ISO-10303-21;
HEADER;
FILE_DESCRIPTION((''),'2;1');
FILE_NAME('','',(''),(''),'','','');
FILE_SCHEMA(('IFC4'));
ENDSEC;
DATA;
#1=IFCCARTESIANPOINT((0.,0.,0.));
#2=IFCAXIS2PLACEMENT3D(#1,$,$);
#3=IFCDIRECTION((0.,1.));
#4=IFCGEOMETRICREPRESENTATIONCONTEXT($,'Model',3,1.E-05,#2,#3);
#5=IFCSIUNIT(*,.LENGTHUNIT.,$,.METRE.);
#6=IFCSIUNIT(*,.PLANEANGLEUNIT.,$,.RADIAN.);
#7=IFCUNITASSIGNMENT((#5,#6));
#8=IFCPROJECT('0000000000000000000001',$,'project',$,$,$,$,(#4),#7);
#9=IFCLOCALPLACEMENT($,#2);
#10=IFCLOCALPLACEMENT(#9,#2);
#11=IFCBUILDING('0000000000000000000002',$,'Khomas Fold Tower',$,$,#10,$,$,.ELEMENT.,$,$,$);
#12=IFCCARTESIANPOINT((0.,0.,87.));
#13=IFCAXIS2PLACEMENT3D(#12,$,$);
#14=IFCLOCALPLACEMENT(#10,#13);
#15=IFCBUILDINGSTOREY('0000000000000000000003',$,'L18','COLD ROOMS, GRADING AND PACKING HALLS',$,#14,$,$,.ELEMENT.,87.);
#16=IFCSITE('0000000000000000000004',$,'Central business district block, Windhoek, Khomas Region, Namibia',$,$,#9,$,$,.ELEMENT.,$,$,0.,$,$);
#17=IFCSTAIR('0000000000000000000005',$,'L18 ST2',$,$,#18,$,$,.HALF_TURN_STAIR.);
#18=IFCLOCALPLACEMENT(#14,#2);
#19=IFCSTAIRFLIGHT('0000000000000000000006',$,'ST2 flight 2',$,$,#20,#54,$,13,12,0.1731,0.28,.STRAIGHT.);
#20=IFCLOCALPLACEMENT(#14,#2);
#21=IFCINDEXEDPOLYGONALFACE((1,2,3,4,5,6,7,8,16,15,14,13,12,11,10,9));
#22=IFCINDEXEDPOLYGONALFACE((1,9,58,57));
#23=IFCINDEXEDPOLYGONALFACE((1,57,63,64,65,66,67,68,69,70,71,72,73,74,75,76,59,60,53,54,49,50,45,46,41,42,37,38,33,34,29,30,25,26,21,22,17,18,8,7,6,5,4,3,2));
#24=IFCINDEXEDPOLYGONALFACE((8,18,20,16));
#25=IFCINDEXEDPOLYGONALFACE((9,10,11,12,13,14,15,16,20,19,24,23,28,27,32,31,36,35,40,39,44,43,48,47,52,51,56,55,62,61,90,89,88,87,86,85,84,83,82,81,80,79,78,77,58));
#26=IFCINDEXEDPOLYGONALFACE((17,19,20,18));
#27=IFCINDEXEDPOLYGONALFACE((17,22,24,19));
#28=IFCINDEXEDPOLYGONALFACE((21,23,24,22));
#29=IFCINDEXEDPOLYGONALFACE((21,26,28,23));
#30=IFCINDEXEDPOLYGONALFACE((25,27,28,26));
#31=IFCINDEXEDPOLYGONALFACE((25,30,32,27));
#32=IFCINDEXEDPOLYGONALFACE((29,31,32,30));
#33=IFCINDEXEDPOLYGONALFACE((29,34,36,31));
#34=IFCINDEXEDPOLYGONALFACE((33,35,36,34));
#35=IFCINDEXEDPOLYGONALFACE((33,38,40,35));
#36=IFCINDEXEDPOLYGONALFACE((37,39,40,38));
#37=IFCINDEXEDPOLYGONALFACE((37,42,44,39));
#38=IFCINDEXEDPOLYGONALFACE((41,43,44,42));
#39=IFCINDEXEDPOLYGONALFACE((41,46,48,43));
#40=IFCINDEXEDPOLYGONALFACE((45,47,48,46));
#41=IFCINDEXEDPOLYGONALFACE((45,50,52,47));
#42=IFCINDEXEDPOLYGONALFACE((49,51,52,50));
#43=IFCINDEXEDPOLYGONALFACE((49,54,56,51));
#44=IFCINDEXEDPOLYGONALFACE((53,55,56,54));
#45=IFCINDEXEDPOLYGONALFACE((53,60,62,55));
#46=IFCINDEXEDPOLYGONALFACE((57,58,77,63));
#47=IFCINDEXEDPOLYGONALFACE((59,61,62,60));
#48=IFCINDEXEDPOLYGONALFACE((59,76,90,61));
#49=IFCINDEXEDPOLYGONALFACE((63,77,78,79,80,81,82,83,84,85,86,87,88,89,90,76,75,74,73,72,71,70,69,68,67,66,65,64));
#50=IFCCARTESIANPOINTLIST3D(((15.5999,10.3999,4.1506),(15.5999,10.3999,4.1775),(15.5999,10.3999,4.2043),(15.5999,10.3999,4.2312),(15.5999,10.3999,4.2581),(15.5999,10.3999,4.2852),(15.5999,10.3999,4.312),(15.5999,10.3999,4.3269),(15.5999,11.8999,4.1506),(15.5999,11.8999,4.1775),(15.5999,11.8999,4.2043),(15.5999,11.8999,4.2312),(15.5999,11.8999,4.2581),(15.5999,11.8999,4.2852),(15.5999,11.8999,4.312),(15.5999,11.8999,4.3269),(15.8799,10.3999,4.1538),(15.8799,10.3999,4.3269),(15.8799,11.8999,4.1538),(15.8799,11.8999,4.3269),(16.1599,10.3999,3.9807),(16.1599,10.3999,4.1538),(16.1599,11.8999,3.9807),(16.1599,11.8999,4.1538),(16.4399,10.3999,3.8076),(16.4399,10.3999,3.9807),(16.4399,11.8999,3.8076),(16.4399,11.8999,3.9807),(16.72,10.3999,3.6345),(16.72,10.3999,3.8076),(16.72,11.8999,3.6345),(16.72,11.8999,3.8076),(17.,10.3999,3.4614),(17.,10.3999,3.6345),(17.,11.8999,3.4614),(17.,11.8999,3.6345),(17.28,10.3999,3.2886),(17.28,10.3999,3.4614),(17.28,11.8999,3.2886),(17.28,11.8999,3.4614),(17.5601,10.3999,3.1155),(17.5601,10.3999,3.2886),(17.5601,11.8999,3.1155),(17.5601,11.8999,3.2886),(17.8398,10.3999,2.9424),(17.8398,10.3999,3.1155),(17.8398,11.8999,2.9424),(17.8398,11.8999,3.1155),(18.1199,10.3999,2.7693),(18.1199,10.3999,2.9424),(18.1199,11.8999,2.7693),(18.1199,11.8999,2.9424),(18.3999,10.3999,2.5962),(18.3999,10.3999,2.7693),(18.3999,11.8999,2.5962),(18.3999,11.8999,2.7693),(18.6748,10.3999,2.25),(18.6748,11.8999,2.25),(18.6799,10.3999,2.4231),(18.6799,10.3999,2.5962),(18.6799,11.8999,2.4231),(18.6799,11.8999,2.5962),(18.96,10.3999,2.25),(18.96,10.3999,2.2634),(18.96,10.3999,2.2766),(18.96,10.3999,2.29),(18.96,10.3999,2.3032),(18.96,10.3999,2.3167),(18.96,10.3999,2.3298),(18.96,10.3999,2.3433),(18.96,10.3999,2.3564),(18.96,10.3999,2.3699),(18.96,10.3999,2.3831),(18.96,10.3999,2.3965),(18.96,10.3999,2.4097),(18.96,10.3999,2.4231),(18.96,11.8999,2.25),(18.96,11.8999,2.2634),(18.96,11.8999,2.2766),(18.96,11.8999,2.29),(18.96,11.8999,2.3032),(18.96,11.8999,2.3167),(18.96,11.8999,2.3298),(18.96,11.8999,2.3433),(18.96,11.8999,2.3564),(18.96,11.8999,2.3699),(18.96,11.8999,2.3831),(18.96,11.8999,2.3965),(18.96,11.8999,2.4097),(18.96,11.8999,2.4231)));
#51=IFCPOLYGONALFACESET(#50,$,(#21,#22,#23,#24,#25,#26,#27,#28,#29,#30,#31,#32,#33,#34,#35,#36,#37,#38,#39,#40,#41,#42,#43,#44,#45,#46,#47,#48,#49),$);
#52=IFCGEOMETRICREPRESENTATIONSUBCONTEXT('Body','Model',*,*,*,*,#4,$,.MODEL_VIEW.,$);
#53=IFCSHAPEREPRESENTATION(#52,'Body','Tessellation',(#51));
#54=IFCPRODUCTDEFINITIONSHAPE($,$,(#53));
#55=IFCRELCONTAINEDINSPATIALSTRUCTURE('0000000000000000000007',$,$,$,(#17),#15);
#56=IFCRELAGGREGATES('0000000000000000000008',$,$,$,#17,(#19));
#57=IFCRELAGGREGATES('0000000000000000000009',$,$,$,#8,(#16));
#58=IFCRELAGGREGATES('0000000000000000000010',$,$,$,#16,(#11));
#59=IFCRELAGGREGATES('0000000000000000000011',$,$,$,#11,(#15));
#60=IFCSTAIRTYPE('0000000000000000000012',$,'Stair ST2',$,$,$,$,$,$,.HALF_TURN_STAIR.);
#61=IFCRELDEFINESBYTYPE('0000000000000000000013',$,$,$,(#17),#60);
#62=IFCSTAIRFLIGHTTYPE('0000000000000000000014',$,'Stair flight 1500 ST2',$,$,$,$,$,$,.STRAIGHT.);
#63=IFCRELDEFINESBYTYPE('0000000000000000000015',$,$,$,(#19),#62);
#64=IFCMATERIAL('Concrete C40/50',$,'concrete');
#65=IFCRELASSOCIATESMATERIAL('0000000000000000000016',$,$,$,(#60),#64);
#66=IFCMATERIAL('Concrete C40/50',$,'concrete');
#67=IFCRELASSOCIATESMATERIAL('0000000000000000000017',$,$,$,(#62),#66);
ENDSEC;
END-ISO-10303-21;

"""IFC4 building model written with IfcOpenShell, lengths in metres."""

from ifc_helpers import new_model, si_unit, direction, frame, origin, place, context, subcontext, project, spatial, polyline, outline, extrude, source, transform, mapped, material, type_object, element, aggregate, save


model = new_model("IFC4")

# Units and contexts
model_context = context("Model", 3, precision=1e-05, world=origin(), true_north=direction((0.0, 1.0)))
body_context = subcontext(model_context, "Body", "Model", "MODEL_VIEW")
ifc_project = project(units=[si_unit("LENGTHUNIT", "METRE"), si_unit("PLANEANGLEUNIT", "RADIAN")], contexts=[model_context])

# Site, building, storey
site_placement = place(None, origin())
site = spatial("IfcSite", under=ifc_project, at=site_placement, Name="Central business district block, Windhoek, Khomas Region, Namibia", CompositionType="ELEMENT", RefElevation=0.0)
building_placement = place(site_placement, origin())
building = spatial("IfcBuilding", under=site, at=building_placement, Name="Khomas Fold Tower", CompositionType="ELEMENT")
storey_placement = place(building_placement, frame((0.0, 0.0, 87.0)))
storey = spatial("IfcBuildingStorey", under=building, at=storey_placement, Name="L18", Description="COLD ROOMS, GRADING AND PACKING HALLS", CompositionType="ELEMENT", Elevation=87.0)

# Stair, stair flight
ifc_material_1 = material(Name="Concrete C40/50", Category="concrete")
stair_type = type_object("IfcStairType", Name="Stair ST2", PredefinedType="HALF_TURN_STAIR", material=ifc_material_1)
stair_placement = place(storey_placement, origin())
stair = element("IfcStair", 1, at=stair_placement, inside=storey, type_object=stair_type, Name="L18 ST2", PredefinedType="HALF_TURN_STAIR")
ifc_material_2 = material(Name="Concrete C40/50", Category="concrete")
stair_flight_type = type_object("IfcStairFlightType", Name="Stair flight 1500 ST2", PredefinedType="STRAIGHT", material=ifc_material_2)
shared_shape_1 = source(origin(), body_context, "Body", "SweptSolid", [
    extrude(outline(polyline([(0.0, 0.0), (0.0, 0.0134), (0.0, 0.0266), (0.0, 0.04), (0.0, 0.0532), (0.0, 0.0667), (0.0, 0.0798), (0.0, 0.0933), (0.0, 0.1064), (0.0, 0.1199), (0.0, 0.1331), (0.0, 0.1465), (0.0, 0.1597), (0.0, 0.1731), (0.28, 0.1731), (0.28, 0.3462), (0.5601, 0.3462), (0.5601, 0.5193), (0.8401, 0.5193), (0.8401, 0.6924), (1.1201, 0.6924), (1.1201, 0.8655), (1.3999, 0.8655), (1.3999, 1.0386), (1.6799, 1.0386), (1.6799, 1.2114), (1.96, 1.2114), (1.96, 1.3845), (2.24, 1.3845), (2.24, 1.5576), (2.52, 1.5576), (2.52, 1.7307), (2.8, 1.7307), (2.8, 1.9038), (3.0801, 1.9038), (3.0801, 2.0769), (3.3601, 2.0769), (3.3601, 2.25), (3.3601, 2.2231), (3.3601, 2.1963), (3.3601, 2.1694), (3.3601, 2.1426), (3.3601, 2.1157), (3.3601, 2.0889), (3.3601, 2.062), (3.3601, 2.0352), (3.3601, 2.0081), (3.3601, 1.9812), (3.3601, 1.9543), (3.3601, 1.9275), (3.3601, 1.9006), (0.2852, 0.0), (0.0, 0.0)])), frame((0.0, 0.75, 0.0), z_axis=(0.0, -1.0, 0.0), x_axis=(1.0, 0.0, 0.0)), (0.0, 0.0, 1.0), 1.5),
])
stair_flight_1_placement = place(storey_placement, frame((18.96, 11.1499, 2.25), z_axis=(0.0, 0.0, 1.0), x_axis=(-1.0, 0.0, 0.0)))
stair_flight_1 = element("IfcStairFlight", 2, at=stair_flight_1_placement, type_object=stair_flight_type, Name="ST2 flight 2", NumberOfRisers=13, NumberOfTreads=12, PredefinedType="STRAIGHT", RiserHeight=0.1731, TreadLength=0.28, context=body_context, shape_type="MappedRepresentation", body=[
    mapped(shared_shape_1, transform((0.0, 0.0, 0.0))),
])
aggregate(stair, [stair_flight_1])

save(model, "model.ifc")
